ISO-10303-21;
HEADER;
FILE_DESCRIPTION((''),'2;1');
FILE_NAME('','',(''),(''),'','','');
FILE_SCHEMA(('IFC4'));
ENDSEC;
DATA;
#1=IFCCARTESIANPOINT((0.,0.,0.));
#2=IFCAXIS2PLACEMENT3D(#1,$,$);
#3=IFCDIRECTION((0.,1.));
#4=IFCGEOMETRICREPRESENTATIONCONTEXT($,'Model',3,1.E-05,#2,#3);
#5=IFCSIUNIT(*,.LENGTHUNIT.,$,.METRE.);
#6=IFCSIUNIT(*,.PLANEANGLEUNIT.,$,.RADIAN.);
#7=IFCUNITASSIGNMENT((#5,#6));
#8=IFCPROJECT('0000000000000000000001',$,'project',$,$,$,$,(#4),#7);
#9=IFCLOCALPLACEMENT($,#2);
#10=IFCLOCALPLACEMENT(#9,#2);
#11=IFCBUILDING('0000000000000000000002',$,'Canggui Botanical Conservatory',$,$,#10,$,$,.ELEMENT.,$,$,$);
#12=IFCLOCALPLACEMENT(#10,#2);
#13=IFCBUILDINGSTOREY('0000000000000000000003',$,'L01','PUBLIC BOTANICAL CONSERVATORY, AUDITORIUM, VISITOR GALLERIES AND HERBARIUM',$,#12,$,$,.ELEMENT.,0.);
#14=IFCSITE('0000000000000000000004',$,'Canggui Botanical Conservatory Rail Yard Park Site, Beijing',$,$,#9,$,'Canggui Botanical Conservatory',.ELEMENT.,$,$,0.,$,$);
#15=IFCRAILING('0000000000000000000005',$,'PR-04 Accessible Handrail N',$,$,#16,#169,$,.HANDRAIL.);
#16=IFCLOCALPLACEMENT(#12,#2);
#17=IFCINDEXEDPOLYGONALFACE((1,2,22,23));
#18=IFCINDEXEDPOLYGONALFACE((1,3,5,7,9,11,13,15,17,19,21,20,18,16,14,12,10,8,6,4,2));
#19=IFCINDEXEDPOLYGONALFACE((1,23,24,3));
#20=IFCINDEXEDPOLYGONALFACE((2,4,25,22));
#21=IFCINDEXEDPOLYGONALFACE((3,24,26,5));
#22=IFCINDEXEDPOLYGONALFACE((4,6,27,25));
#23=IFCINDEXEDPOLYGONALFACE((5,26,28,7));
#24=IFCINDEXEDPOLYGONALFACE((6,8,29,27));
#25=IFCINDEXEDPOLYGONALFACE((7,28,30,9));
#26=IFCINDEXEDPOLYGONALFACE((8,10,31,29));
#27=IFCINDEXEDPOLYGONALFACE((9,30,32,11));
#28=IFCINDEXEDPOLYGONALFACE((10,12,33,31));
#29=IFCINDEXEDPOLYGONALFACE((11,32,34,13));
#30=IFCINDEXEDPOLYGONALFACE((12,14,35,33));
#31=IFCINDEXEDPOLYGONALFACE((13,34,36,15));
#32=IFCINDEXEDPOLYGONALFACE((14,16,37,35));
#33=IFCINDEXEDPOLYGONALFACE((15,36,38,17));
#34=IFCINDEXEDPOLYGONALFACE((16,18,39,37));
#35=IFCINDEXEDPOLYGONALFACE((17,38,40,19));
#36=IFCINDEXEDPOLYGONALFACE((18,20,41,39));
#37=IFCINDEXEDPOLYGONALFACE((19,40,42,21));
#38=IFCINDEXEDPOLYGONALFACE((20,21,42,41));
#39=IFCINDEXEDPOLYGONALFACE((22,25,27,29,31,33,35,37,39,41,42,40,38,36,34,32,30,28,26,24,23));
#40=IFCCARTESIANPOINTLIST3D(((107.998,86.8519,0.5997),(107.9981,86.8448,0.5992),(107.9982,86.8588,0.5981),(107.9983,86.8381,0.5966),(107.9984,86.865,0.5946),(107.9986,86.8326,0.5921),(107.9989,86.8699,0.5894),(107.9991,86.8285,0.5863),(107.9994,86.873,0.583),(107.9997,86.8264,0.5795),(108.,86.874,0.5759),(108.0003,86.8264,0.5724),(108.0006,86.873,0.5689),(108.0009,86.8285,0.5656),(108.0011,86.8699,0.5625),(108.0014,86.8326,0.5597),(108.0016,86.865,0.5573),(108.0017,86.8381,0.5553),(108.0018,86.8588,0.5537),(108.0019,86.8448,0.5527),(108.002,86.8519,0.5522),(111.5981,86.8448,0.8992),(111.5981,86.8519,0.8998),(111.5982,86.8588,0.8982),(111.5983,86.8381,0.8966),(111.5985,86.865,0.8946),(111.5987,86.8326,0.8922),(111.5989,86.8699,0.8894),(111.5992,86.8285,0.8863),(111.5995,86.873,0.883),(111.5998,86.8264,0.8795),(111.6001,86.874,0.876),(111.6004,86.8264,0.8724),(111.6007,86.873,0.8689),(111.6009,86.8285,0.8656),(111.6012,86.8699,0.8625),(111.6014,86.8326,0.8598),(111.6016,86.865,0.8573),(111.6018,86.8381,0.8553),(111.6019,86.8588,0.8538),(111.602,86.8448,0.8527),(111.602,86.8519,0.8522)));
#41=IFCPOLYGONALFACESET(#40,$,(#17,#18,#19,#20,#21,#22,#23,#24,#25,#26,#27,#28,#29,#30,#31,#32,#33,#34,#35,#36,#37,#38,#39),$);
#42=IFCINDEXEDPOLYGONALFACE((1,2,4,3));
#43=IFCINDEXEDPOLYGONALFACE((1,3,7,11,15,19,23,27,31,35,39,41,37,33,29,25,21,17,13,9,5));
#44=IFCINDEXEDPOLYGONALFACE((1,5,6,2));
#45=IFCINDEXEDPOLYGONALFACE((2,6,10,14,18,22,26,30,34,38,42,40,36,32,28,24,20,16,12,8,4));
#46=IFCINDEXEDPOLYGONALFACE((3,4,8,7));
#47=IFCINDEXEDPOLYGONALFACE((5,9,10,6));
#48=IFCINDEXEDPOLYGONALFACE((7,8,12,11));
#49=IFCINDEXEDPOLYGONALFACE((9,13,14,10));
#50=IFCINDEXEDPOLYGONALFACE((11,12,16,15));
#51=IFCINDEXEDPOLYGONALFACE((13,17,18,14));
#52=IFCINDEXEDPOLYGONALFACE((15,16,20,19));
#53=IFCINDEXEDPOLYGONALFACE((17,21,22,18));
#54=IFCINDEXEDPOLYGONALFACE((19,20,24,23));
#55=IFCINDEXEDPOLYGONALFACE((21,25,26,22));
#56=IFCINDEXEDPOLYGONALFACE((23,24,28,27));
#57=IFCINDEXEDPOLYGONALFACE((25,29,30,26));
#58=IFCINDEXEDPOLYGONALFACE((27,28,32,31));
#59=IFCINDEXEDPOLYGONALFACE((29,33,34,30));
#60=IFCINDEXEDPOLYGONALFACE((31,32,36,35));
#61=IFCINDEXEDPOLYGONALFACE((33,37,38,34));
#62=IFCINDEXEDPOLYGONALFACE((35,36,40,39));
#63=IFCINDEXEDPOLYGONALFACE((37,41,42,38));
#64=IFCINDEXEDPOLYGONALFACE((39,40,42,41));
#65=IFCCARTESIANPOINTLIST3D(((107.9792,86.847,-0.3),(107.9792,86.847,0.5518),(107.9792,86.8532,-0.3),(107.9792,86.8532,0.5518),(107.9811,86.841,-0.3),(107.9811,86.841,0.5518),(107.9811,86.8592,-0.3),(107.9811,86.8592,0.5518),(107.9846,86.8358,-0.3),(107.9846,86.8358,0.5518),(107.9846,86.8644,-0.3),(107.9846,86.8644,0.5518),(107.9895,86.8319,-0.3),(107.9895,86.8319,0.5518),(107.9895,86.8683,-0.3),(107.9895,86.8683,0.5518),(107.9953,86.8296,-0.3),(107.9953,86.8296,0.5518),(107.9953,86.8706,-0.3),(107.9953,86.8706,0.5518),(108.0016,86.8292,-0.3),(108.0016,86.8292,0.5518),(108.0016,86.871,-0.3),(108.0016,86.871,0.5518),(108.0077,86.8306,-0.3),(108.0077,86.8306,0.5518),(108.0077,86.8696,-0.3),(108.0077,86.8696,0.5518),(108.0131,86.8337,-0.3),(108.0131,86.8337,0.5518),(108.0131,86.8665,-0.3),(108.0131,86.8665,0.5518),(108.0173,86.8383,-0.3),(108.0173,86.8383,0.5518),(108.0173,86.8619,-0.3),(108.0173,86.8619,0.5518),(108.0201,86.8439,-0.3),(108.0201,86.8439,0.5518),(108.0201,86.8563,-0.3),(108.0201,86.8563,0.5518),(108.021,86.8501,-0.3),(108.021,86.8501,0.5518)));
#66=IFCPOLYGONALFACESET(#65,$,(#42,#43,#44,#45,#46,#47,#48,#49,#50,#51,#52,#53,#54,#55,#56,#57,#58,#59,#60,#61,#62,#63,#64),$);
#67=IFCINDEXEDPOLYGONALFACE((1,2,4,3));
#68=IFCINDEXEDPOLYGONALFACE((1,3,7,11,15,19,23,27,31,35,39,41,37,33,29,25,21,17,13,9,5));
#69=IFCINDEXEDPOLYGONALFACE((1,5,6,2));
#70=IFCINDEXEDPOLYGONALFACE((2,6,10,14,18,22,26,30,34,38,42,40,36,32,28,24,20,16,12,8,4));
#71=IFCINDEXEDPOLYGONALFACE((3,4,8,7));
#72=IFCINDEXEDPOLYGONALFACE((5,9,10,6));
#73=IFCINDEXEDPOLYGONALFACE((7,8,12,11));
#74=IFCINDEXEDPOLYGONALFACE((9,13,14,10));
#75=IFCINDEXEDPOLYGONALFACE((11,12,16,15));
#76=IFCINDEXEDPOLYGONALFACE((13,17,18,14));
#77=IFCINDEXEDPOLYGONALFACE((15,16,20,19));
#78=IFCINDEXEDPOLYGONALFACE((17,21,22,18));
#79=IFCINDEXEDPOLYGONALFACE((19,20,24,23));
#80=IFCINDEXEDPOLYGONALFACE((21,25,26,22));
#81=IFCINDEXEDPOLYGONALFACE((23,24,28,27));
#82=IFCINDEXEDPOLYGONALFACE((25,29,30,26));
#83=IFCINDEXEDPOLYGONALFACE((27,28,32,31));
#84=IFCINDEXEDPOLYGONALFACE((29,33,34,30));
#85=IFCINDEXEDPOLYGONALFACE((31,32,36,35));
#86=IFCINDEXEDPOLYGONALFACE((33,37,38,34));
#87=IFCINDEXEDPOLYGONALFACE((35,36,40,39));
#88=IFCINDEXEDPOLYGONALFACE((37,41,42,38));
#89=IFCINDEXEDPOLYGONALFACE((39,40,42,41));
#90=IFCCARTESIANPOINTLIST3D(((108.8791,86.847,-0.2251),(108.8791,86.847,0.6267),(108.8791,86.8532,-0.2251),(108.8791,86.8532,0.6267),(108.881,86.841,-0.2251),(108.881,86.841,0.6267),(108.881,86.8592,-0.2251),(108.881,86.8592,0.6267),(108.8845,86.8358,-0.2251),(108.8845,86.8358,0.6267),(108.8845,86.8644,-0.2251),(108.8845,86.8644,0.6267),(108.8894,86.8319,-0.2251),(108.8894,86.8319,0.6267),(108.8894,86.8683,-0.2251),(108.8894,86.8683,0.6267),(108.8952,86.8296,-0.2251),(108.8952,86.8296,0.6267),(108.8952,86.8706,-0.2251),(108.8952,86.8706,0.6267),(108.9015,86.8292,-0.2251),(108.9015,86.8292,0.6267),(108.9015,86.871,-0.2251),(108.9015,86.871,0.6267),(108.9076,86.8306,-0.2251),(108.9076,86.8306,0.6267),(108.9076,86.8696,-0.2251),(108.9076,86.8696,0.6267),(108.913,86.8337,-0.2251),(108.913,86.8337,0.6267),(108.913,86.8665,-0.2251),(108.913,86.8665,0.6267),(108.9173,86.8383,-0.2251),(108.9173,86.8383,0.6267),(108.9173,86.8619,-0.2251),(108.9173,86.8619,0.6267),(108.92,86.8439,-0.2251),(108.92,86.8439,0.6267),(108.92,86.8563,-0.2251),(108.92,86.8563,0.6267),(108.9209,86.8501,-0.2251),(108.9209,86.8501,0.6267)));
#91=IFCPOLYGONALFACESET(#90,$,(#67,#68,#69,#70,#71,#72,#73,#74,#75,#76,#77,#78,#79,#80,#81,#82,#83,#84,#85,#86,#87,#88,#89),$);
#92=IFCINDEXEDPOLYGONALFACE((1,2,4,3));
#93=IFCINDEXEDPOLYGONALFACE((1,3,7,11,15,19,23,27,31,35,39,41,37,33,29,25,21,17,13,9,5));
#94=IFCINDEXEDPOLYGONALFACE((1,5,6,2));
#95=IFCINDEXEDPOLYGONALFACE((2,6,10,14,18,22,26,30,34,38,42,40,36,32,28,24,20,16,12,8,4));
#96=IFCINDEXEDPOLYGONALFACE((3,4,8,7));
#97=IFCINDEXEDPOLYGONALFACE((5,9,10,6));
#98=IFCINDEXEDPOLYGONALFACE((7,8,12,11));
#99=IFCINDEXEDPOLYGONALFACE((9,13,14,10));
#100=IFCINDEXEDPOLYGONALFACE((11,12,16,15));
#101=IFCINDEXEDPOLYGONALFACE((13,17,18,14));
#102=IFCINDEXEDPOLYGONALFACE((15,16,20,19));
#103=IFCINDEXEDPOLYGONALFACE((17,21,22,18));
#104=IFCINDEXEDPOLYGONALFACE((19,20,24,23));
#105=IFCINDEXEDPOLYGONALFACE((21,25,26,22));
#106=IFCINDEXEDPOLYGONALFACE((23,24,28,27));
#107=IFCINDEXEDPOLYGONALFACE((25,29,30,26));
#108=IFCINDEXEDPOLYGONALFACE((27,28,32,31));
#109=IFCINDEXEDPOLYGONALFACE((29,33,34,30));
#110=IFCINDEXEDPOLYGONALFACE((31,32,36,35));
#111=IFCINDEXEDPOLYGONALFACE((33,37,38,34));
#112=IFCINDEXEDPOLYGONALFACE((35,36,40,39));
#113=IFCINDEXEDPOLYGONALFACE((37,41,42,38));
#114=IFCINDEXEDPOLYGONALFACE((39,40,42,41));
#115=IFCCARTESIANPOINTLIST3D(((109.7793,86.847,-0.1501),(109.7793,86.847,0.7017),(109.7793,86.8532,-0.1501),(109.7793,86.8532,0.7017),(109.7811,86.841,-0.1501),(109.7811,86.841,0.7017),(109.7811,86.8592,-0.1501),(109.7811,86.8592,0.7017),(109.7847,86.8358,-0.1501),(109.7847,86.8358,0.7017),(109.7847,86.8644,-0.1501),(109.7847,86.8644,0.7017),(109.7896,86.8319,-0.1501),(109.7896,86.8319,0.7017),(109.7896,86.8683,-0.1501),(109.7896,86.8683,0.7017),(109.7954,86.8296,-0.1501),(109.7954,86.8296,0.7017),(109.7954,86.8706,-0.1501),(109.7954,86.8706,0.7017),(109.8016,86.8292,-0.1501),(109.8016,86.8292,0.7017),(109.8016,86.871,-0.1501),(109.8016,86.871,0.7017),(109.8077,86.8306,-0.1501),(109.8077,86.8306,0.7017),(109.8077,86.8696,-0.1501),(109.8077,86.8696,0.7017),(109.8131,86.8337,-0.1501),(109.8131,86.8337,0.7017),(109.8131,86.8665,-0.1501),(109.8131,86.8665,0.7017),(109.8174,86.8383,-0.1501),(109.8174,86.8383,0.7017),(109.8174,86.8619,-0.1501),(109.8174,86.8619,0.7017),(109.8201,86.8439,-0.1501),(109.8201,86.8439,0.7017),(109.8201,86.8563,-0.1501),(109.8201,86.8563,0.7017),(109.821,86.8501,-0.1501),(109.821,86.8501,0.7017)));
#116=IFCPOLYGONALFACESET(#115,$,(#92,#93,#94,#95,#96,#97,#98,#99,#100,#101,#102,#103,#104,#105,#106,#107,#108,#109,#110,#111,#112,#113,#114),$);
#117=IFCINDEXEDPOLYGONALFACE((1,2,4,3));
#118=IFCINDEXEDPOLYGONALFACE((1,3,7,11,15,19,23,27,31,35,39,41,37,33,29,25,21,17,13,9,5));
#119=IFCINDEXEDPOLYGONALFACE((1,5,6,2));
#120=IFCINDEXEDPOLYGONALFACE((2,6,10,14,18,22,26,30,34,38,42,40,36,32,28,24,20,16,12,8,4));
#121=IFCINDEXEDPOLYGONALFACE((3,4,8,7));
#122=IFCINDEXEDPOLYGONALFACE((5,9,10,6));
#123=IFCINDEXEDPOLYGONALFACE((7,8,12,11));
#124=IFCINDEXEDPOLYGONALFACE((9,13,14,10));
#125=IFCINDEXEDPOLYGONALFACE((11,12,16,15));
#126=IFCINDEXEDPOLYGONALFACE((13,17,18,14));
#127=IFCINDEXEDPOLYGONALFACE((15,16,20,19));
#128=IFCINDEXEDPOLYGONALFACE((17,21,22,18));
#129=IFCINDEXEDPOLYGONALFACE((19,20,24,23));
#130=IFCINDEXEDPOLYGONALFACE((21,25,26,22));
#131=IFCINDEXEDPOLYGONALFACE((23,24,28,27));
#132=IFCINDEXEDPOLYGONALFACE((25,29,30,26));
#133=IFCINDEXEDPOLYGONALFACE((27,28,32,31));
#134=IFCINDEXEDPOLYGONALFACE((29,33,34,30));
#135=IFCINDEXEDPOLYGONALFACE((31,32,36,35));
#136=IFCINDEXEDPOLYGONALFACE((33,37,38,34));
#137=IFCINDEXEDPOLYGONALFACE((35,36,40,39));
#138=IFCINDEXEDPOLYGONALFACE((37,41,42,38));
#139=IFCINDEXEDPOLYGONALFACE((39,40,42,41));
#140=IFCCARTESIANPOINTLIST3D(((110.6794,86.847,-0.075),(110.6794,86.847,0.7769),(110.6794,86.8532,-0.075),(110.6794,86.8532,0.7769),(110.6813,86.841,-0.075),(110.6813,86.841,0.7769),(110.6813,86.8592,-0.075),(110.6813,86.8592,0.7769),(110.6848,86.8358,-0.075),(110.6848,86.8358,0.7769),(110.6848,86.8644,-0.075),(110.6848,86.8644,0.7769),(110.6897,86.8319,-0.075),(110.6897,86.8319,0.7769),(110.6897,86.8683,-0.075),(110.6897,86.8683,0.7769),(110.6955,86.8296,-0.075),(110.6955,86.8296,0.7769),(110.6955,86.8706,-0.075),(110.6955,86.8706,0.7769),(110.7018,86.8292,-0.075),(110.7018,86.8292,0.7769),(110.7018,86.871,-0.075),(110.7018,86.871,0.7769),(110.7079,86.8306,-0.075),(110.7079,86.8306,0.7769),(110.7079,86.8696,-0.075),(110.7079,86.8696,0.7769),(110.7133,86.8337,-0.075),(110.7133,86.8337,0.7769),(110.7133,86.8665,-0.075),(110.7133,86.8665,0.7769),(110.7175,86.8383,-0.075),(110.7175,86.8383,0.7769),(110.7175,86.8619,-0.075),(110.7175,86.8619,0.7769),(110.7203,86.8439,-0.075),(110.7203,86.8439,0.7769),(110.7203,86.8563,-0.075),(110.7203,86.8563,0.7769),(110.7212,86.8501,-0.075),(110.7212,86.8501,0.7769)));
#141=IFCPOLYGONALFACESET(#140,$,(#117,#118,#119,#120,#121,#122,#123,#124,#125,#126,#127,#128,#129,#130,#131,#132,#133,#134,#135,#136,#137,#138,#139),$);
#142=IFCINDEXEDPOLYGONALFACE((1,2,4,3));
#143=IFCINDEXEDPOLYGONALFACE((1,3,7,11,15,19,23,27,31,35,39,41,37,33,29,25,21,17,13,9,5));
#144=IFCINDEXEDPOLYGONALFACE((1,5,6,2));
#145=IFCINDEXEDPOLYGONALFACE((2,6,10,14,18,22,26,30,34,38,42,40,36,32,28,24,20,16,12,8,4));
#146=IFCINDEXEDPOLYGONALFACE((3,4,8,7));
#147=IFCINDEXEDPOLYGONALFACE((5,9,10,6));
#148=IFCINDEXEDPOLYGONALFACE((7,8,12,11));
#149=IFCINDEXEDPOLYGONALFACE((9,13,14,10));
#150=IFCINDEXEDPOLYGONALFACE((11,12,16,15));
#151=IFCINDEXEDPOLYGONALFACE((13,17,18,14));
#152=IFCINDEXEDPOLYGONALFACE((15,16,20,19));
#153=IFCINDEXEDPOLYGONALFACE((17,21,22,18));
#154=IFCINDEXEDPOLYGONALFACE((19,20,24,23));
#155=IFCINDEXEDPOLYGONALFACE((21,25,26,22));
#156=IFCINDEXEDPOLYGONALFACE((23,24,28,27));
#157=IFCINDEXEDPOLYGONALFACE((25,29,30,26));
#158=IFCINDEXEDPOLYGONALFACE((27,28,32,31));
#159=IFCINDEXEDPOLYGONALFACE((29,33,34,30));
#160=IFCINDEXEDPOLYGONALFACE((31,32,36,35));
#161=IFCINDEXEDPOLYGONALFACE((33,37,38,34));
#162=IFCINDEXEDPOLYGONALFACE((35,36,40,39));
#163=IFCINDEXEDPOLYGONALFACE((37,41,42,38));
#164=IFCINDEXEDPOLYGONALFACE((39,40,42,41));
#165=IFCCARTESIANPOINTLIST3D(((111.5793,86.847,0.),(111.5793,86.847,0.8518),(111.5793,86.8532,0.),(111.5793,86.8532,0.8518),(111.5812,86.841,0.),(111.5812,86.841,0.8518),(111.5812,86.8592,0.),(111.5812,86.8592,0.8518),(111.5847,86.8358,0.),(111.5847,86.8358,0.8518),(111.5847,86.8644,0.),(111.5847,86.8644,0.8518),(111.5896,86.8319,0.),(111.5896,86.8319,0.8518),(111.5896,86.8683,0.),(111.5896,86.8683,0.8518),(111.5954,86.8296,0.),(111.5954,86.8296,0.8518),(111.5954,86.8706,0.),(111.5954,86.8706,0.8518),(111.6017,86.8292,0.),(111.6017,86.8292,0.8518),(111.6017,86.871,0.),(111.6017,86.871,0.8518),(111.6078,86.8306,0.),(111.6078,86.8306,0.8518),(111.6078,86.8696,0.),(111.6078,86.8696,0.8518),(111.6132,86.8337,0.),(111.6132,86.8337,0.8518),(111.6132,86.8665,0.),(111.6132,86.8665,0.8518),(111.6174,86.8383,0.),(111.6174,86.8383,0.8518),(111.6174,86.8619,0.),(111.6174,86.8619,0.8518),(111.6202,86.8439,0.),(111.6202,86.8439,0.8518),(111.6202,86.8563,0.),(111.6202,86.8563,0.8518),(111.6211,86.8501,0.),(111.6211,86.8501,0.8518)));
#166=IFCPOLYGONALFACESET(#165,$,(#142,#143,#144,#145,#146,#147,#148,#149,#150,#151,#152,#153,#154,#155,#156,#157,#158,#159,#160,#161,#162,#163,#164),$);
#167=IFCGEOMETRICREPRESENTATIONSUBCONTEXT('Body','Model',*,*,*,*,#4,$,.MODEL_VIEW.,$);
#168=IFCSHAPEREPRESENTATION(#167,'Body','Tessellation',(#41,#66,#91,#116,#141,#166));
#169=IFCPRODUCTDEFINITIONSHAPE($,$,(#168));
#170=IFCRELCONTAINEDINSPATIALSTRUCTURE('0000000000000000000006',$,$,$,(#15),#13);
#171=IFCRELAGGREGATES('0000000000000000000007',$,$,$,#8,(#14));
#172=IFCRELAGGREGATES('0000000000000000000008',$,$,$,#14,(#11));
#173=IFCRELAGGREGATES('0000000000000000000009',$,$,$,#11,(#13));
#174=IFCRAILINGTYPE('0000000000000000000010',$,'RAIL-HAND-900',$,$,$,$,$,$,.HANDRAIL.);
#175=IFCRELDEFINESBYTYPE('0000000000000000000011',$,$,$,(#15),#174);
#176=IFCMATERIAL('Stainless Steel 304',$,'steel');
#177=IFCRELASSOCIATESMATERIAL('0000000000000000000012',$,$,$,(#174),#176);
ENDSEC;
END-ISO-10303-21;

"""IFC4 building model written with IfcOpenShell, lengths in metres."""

from ifc_helpers import new_model, si_unit, direction, frame, origin, origin_2d, place, context, subcontext, project, spatial, circle, extrude, material, type_object, element, save


model = new_model("IFC4")

# Units and contexts
model_context = context("Model", 3, precision=1e-05, world=origin(), true_north=direction((0.0, 1.0)))
body_context = subcontext(model_context, "Body", "Model", "MODEL_VIEW")
ifc_project = project(units=[si_unit("LENGTHUNIT", "METRE"), si_unit("PLANEANGLEUNIT", "RADIAN")], contexts=[model_context])

# Site, building, storey
site_placement = place(None, origin())
site = spatial("IfcSite", under=ifc_project, at=site_placement, Name="Canggui Botanical Conservatory Rail Yard Park Site, Beijing", LongName="Canggui Botanical Conservatory", CompositionType="ELEMENT", RefElevation=0.0)
building_placement = place(site_placement, origin())
building = spatial("IfcBuilding", under=site, at=building_placement, Name="Canggui Botanical Conservatory", CompositionType="ELEMENT")
storey_placement = place(building_placement, origin())
storey = spatial("IfcBuildingStorey", under=building, at=storey_placement, Name="L01", Description="PUBLIC BOTANICAL CONSERVATORY, AUDITORIUM, VISITOR GALLERIES AND HERBARIUM", CompositionType="ELEMENT", Elevation=0.0)

# Railing
ifc_material_1 = material(Name="Stainless Steel 304", Category="steel")
railing_type_1 = type_object("IfcRailingType", Name="RAIL-HAND-900", PredefinedType="HANDRAIL", material=ifc_material_1)
for number, where, name in (
    (1, (108.0, 86.8501, -0.3), "PR-04 Accessible Handrail N"),
):
    element("IfcRailing", number, at=place(storey_placement, frame(where)), inside=storey, type_object=railing_type_1, Name=name, PredefinedType="HANDRAIL", context=body_context, shape_type="SweptSolid", body=[
        extrude(circle(Radius=0.0239, at=origin_2d()), frame((0.0, 0.0, 0.876), z_axis=(0.996545, 0.0, 0.083057), x_axis=(0.0, 1.0, 0.0)), (0.0, 0.0, 1.0), 3.6125),
        extrude(circle(Radius=0.021, at=origin_2d()), origin(), (0.0, 0.0, 1.0), 0.8518),
        extrude(circle(Radius=0.021, at=origin_2d()), frame((0.8999, 0.0, 0.075)), (0.0, 0.0, 1.0), 0.8518),
        extrude(circle(Radius=0.021, at=origin_2d()), frame((1.8, 0.0, 0.1499)), (0.0, 0.0, 1.0), 0.8518),
        extrude(circle(Radius=0.021, at=origin_2d()), frame((2.7002, 0.0, 0.2251)), (0.0, 0.0, 1.0), 0.8518),
        extrude(circle(Radius=0.021, at=origin_2d()), frame((3.6001, 0.0, 0.3)), (0.0, 0.0, 1.0), 0.8518),
    ])

save(model, "model.ifc")
